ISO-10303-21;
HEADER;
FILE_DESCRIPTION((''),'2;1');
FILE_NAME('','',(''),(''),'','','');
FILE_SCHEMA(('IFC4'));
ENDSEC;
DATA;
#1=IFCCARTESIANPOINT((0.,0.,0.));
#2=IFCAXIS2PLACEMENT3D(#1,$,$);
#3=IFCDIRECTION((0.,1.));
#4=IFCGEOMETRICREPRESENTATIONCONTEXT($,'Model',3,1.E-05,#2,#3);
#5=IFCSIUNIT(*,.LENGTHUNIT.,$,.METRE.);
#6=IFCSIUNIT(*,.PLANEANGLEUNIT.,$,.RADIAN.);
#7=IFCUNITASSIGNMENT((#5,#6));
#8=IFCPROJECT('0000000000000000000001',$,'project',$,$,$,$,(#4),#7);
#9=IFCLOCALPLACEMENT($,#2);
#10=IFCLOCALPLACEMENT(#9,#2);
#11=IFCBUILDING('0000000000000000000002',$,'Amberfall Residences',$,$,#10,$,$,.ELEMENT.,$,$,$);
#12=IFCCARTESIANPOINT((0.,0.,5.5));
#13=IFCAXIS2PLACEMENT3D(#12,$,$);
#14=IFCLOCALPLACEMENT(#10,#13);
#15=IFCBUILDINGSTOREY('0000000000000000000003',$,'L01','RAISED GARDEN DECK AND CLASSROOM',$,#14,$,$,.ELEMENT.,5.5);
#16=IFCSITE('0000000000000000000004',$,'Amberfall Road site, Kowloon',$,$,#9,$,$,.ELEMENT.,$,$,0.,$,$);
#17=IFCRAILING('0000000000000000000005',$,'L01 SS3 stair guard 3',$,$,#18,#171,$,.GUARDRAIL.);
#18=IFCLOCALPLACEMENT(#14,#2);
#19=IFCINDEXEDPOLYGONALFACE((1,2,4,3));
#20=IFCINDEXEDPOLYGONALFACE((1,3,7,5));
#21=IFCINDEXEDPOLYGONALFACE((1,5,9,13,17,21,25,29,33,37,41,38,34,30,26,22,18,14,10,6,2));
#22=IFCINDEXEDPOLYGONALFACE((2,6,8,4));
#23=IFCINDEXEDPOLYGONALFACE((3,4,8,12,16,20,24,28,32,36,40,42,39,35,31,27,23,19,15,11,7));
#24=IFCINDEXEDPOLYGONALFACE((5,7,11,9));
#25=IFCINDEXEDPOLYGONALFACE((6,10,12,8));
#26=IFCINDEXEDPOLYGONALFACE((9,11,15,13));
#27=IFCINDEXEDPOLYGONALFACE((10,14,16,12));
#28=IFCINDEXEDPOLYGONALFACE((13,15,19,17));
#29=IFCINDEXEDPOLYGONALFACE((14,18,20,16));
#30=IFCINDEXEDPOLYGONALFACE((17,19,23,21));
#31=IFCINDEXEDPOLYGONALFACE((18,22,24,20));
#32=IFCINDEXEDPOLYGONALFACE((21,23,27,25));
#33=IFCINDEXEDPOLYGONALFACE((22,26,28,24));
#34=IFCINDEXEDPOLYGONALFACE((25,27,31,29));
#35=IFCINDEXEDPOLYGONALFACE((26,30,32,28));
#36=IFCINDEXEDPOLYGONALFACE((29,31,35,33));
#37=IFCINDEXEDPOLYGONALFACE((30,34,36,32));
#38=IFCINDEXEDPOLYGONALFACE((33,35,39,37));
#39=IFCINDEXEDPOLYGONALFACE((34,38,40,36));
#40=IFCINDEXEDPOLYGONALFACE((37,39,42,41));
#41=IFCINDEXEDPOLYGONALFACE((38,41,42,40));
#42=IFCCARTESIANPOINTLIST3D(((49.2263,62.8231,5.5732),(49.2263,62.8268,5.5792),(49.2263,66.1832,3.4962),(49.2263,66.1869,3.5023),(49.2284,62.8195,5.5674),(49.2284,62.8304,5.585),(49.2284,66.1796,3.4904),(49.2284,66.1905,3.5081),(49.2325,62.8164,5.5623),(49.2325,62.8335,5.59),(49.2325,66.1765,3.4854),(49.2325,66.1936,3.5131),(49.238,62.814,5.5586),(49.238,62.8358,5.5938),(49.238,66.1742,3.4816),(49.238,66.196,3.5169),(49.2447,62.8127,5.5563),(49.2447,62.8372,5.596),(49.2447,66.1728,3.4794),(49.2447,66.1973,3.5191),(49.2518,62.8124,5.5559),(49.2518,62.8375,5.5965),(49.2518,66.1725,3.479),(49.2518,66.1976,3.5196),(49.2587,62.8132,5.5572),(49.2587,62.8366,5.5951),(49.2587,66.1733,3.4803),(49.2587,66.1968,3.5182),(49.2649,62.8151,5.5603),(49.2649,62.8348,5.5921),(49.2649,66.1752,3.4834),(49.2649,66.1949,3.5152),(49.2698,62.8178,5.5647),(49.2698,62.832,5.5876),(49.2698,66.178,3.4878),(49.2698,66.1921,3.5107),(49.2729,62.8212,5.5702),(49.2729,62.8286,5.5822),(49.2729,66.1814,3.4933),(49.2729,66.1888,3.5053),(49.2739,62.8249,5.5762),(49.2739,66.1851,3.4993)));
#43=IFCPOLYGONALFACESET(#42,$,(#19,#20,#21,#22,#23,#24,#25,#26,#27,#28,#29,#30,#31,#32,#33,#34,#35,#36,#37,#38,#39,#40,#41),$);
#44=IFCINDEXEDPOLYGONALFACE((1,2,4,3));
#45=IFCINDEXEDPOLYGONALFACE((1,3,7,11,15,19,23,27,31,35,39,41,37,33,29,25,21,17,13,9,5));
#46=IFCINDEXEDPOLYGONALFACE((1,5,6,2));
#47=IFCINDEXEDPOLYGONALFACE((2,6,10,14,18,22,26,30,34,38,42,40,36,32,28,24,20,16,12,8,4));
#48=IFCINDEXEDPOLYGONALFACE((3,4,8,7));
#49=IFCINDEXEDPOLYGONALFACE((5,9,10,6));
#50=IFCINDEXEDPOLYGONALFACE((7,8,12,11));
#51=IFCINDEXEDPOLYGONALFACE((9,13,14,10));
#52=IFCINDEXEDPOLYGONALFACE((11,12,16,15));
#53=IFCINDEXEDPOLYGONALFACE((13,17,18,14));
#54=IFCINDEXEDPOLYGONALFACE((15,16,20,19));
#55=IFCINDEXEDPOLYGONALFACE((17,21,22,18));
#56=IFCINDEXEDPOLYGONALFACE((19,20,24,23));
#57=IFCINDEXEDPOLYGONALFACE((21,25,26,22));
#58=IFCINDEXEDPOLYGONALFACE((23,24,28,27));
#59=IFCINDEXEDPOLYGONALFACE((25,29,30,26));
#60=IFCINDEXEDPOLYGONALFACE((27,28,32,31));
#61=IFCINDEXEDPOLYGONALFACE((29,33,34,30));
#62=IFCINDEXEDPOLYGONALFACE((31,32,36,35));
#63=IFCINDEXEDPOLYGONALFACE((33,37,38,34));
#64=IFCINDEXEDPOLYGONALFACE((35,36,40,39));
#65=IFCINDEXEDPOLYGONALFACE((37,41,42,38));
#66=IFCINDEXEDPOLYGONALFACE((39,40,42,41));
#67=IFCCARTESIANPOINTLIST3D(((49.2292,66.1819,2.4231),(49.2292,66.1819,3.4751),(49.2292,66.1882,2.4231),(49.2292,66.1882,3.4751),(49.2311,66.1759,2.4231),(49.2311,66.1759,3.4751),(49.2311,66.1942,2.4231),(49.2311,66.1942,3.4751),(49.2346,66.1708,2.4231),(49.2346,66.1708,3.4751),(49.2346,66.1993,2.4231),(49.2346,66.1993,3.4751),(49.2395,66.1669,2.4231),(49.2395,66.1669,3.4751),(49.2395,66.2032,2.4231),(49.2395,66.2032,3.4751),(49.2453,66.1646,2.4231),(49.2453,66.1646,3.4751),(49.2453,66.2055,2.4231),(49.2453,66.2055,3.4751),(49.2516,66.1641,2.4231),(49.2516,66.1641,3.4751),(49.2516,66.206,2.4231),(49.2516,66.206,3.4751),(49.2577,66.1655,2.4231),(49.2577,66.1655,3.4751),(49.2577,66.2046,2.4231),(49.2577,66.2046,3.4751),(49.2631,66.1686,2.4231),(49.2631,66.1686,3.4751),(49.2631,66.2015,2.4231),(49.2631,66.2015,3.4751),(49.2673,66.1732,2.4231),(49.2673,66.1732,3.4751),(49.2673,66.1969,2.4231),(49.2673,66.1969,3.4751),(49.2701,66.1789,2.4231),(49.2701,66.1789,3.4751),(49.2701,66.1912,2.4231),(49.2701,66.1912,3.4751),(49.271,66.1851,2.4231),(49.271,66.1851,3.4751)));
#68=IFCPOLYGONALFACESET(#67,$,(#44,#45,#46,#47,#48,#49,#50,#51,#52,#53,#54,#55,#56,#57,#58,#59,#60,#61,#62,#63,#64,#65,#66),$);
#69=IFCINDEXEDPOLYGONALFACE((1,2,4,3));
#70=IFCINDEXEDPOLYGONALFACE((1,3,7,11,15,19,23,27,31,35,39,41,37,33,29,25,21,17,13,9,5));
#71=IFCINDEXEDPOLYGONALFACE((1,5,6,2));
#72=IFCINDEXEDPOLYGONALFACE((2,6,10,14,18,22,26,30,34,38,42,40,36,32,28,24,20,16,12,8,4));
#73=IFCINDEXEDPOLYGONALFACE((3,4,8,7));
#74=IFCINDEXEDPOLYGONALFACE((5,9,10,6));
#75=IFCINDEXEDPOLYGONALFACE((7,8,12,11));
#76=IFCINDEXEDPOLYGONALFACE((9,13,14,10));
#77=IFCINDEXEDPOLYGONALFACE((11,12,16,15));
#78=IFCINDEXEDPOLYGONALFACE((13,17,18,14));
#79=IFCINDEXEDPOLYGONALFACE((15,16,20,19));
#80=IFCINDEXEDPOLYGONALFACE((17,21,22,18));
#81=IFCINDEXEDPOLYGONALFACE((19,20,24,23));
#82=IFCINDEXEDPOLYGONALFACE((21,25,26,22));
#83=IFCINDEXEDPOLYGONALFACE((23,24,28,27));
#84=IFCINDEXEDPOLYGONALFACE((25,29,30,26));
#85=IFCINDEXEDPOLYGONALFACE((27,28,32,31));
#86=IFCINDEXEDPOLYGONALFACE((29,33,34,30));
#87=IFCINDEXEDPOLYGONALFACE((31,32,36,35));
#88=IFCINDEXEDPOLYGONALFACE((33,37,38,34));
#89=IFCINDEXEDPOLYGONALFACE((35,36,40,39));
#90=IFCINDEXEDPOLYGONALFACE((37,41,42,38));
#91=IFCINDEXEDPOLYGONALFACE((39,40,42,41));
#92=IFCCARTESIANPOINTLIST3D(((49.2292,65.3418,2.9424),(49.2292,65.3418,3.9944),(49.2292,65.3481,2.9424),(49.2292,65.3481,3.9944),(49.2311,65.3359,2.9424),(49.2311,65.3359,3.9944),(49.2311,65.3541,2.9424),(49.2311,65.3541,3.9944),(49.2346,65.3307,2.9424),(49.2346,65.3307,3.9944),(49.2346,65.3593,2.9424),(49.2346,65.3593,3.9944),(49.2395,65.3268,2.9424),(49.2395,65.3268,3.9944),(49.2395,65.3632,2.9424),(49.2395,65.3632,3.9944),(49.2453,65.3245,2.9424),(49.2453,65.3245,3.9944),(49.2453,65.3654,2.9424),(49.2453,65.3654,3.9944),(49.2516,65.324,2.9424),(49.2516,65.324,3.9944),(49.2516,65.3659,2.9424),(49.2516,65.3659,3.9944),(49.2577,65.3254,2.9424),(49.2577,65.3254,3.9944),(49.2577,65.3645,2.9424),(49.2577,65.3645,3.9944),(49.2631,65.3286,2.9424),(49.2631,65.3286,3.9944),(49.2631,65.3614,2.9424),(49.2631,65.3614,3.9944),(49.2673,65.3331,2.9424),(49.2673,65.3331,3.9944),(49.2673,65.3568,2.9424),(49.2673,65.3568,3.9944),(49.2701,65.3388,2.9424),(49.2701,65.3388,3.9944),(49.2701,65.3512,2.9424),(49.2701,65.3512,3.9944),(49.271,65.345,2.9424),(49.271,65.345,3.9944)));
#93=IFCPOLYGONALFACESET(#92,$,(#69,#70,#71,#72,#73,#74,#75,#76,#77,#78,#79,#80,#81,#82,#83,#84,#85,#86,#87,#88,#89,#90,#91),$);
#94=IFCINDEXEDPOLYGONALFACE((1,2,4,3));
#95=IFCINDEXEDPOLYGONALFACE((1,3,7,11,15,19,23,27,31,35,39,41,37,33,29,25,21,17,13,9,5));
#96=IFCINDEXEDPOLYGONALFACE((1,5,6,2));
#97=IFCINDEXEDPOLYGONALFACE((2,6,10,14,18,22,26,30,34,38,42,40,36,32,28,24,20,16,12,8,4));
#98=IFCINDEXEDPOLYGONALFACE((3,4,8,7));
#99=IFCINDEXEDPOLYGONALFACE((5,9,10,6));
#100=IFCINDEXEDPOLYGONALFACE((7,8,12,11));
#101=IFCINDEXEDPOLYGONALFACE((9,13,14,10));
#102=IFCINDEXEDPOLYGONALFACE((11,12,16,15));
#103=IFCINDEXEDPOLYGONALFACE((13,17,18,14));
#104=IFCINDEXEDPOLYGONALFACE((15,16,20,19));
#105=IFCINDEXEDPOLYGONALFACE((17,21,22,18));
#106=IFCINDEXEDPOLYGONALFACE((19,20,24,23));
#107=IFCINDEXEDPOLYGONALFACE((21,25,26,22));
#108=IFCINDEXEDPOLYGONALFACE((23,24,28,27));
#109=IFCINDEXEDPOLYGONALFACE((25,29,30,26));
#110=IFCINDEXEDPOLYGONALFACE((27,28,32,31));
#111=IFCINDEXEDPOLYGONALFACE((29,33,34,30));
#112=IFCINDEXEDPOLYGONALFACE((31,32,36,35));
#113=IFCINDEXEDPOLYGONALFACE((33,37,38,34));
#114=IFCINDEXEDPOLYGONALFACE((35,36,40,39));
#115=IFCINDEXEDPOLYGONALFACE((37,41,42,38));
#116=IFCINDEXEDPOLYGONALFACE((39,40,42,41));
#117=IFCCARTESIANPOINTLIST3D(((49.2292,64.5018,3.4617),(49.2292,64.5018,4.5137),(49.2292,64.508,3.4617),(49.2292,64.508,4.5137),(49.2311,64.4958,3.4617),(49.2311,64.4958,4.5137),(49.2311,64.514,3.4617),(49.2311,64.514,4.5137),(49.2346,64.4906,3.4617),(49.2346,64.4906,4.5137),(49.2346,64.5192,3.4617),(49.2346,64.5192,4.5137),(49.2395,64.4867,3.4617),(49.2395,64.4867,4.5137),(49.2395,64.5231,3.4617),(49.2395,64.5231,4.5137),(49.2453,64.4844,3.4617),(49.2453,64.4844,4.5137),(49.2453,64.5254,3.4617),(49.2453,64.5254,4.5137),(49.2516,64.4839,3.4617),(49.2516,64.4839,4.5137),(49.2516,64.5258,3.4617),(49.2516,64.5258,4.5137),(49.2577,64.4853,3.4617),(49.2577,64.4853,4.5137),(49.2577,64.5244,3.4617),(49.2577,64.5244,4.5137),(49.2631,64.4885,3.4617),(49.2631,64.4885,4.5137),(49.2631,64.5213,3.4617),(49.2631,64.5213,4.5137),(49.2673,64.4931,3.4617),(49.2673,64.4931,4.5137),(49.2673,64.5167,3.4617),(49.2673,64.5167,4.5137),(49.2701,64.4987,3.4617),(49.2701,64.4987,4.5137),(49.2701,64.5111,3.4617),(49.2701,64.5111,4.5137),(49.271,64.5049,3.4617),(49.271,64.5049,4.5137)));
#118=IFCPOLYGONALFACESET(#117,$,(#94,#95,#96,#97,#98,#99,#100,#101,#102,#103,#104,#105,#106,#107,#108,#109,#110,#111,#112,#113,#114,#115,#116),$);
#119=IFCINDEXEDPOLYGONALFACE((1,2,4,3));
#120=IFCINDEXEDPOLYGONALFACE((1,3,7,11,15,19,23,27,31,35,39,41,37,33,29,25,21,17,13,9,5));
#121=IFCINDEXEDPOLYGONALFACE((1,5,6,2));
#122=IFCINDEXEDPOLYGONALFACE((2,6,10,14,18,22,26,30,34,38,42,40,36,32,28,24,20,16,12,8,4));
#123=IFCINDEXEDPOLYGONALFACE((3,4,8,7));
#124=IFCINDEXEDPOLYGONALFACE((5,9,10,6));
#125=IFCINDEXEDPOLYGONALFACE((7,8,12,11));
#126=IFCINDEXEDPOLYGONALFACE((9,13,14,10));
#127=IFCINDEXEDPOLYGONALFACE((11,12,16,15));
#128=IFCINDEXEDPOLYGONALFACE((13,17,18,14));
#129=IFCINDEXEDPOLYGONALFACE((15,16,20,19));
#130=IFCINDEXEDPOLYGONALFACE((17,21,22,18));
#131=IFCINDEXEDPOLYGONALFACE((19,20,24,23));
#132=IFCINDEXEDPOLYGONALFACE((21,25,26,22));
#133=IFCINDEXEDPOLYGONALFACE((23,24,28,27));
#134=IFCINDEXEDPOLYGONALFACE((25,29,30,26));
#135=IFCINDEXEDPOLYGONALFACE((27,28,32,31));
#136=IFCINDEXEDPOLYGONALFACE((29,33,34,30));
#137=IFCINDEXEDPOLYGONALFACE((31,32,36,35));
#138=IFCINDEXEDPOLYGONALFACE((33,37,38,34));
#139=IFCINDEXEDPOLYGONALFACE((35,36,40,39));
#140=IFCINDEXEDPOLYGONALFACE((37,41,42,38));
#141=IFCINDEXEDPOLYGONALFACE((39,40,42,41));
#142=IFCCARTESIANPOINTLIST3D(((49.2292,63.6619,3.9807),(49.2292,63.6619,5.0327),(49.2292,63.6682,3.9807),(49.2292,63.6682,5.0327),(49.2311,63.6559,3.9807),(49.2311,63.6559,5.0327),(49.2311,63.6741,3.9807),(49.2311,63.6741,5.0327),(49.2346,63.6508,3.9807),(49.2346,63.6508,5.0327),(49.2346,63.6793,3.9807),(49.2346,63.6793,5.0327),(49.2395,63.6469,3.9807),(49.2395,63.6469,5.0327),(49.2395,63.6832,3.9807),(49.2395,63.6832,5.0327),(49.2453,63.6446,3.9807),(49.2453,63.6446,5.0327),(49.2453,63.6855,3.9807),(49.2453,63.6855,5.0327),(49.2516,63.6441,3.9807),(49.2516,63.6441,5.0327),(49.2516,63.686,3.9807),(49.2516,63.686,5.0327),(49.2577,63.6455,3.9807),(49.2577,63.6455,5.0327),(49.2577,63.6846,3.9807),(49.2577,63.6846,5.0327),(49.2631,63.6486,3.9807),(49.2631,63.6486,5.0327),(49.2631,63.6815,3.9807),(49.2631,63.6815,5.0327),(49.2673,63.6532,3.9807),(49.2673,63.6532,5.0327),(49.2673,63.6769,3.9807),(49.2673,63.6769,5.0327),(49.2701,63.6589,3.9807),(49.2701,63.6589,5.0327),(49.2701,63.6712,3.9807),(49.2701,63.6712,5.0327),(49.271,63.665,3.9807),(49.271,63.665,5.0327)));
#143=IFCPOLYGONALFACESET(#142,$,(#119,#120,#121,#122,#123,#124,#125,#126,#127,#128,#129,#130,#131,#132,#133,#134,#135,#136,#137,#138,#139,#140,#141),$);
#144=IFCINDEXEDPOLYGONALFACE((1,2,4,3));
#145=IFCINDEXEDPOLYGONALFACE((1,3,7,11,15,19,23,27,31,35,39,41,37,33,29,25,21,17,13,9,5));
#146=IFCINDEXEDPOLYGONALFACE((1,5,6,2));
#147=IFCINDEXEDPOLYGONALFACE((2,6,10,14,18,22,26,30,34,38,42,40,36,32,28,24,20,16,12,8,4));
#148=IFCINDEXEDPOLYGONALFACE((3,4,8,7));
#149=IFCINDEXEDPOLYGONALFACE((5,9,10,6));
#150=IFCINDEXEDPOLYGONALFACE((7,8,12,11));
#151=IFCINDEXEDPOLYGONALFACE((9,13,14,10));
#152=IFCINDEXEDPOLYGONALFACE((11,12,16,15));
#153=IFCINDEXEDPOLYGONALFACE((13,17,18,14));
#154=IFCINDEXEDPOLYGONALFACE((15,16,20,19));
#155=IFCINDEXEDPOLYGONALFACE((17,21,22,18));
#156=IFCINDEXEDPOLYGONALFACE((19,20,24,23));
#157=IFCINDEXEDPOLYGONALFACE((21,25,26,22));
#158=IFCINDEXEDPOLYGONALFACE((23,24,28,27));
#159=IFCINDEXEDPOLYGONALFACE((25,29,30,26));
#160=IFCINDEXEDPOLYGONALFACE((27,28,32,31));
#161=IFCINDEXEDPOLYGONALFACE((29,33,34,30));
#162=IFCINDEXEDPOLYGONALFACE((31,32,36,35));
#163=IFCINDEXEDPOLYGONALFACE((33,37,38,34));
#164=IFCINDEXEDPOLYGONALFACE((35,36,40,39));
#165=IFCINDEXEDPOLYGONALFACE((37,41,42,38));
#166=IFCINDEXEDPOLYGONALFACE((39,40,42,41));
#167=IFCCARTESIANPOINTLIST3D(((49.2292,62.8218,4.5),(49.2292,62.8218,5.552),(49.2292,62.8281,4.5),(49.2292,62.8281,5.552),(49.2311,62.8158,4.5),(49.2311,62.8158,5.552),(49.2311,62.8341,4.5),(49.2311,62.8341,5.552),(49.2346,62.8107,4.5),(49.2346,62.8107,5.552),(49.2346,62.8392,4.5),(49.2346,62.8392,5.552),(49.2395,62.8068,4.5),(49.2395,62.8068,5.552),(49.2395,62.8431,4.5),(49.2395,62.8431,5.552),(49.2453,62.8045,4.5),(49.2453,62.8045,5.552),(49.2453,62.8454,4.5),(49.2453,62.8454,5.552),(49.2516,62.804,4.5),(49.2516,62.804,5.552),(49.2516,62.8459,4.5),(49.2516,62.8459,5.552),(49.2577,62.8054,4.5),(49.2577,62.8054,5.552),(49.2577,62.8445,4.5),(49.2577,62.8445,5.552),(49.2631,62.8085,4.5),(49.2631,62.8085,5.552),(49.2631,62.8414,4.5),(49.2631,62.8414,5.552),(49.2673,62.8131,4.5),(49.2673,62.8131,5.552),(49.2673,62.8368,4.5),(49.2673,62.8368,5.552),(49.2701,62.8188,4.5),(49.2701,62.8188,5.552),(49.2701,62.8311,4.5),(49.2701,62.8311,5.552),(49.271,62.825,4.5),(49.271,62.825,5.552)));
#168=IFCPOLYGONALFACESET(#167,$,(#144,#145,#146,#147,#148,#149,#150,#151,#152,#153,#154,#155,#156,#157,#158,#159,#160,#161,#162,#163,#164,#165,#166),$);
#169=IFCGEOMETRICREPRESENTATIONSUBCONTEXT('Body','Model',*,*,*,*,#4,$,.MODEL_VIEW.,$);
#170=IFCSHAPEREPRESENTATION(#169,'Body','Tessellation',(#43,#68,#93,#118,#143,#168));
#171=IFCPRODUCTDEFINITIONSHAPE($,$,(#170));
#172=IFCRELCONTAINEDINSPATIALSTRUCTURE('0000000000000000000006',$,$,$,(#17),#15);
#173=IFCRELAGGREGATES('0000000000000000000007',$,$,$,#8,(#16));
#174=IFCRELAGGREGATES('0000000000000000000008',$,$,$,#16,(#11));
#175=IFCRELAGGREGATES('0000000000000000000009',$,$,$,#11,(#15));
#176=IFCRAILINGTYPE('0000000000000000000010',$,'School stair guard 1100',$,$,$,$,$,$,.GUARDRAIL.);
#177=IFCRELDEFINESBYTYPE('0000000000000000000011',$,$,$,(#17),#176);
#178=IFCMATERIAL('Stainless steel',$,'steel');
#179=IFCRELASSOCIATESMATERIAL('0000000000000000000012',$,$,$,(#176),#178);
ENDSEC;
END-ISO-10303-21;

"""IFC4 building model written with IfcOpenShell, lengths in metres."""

from ifc_helpers import new_model, si_unit, direction, frame, origin, origin_2d, place, context, subcontext, project, spatial, circle, extrude, material, type_object, element, save


model = new_model("IFC4")

# Units and contexts
model_context = context("Model", 3, precision=1e-05, world=origin(), true_north=direction((0.0, 1.0)))
body_context = subcontext(model_context, "Body", "Model", "MODEL_VIEW")
ifc_project = project(units=[si_unit("LENGTHUNIT", "METRE"), si_unit("PLANEANGLEUNIT", "RADIAN")], contexts=[model_context])

# Site, building, storey
site_placement = place(None, origin())
site = spatial("IfcSite", under=ifc_project, at=site_placement, Name="Amberfall Road site, Kowloon", CompositionType="ELEMENT", RefElevation=0.0)
building_placement = place(site_placement, origin())
building = spatial("IfcBuilding", under=site, at=building_placement, Name="Amberfall Residences", CompositionType="ELEMENT")
storey_placement = place(building_placement, frame((0.0, 0.0, 5.5)))
storey = spatial("IfcBuildingStorey", under=building, at=storey_placement, Name="L01", Description="RAISED GARDEN DECK AND CLASSROOM", CompositionType="ELEMENT", Elevation=5.5)

# Railing
ifc_material_1 = material(Name="Stainless steel", Category="steel")
railing_type = type_object("IfcRailingType", Name="School stair guard 1100", PredefinedType="GUARDRAIL", material=ifc_material_1)
railing_1_placement = place(storey_placement, frame((49.25, 66.1851, 2.4231)))
element("IfcRailing", 1, at=railing_1_placement, inside=storey, type_object=railing_type, Name="L01 SS3 stair guard 3", PredefinedType="GUARDRAIL", context=body_context, shape_type="SweptSolid", body=[
    extrude(circle(Radius=0.0239, at=origin_2d()), frame((0.0, 0.0, 1.0762), z_axis=(0.0, -0.850623, 0.525776), x_axis=(1.0, 0.0, 0.0)), (0.0, 0.0, 1.0), 3.9502),
    extrude(circle(Radius=0.021, at=origin_2d()), origin(), (0.0, 0.0, 1.0), 1.052),
    extrude(circle(Radius=0.021, at=origin_2d()), frame((0.0, -0.8401, 0.5193)), (0.0, 0.0, 1.0), 1.052),
    extrude(circle(Radius=0.021, at=origin_2d()), frame((0.0, -1.6802, 1.0386)), (0.0, 0.0, 1.0), 1.052),
    extrude(circle(Radius=0.021, at=origin_2d()), frame((0.0, -2.52, 1.5576)), (0.0, 0.0, 1.0), 1.052),
    extrude(circle(Radius=0.021, at=origin_2d()), frame((0.0, -3.3601, 2.0769)), (0.0, 0.0, 1.0), 1.052),
])

save(model, "model.ifc")
